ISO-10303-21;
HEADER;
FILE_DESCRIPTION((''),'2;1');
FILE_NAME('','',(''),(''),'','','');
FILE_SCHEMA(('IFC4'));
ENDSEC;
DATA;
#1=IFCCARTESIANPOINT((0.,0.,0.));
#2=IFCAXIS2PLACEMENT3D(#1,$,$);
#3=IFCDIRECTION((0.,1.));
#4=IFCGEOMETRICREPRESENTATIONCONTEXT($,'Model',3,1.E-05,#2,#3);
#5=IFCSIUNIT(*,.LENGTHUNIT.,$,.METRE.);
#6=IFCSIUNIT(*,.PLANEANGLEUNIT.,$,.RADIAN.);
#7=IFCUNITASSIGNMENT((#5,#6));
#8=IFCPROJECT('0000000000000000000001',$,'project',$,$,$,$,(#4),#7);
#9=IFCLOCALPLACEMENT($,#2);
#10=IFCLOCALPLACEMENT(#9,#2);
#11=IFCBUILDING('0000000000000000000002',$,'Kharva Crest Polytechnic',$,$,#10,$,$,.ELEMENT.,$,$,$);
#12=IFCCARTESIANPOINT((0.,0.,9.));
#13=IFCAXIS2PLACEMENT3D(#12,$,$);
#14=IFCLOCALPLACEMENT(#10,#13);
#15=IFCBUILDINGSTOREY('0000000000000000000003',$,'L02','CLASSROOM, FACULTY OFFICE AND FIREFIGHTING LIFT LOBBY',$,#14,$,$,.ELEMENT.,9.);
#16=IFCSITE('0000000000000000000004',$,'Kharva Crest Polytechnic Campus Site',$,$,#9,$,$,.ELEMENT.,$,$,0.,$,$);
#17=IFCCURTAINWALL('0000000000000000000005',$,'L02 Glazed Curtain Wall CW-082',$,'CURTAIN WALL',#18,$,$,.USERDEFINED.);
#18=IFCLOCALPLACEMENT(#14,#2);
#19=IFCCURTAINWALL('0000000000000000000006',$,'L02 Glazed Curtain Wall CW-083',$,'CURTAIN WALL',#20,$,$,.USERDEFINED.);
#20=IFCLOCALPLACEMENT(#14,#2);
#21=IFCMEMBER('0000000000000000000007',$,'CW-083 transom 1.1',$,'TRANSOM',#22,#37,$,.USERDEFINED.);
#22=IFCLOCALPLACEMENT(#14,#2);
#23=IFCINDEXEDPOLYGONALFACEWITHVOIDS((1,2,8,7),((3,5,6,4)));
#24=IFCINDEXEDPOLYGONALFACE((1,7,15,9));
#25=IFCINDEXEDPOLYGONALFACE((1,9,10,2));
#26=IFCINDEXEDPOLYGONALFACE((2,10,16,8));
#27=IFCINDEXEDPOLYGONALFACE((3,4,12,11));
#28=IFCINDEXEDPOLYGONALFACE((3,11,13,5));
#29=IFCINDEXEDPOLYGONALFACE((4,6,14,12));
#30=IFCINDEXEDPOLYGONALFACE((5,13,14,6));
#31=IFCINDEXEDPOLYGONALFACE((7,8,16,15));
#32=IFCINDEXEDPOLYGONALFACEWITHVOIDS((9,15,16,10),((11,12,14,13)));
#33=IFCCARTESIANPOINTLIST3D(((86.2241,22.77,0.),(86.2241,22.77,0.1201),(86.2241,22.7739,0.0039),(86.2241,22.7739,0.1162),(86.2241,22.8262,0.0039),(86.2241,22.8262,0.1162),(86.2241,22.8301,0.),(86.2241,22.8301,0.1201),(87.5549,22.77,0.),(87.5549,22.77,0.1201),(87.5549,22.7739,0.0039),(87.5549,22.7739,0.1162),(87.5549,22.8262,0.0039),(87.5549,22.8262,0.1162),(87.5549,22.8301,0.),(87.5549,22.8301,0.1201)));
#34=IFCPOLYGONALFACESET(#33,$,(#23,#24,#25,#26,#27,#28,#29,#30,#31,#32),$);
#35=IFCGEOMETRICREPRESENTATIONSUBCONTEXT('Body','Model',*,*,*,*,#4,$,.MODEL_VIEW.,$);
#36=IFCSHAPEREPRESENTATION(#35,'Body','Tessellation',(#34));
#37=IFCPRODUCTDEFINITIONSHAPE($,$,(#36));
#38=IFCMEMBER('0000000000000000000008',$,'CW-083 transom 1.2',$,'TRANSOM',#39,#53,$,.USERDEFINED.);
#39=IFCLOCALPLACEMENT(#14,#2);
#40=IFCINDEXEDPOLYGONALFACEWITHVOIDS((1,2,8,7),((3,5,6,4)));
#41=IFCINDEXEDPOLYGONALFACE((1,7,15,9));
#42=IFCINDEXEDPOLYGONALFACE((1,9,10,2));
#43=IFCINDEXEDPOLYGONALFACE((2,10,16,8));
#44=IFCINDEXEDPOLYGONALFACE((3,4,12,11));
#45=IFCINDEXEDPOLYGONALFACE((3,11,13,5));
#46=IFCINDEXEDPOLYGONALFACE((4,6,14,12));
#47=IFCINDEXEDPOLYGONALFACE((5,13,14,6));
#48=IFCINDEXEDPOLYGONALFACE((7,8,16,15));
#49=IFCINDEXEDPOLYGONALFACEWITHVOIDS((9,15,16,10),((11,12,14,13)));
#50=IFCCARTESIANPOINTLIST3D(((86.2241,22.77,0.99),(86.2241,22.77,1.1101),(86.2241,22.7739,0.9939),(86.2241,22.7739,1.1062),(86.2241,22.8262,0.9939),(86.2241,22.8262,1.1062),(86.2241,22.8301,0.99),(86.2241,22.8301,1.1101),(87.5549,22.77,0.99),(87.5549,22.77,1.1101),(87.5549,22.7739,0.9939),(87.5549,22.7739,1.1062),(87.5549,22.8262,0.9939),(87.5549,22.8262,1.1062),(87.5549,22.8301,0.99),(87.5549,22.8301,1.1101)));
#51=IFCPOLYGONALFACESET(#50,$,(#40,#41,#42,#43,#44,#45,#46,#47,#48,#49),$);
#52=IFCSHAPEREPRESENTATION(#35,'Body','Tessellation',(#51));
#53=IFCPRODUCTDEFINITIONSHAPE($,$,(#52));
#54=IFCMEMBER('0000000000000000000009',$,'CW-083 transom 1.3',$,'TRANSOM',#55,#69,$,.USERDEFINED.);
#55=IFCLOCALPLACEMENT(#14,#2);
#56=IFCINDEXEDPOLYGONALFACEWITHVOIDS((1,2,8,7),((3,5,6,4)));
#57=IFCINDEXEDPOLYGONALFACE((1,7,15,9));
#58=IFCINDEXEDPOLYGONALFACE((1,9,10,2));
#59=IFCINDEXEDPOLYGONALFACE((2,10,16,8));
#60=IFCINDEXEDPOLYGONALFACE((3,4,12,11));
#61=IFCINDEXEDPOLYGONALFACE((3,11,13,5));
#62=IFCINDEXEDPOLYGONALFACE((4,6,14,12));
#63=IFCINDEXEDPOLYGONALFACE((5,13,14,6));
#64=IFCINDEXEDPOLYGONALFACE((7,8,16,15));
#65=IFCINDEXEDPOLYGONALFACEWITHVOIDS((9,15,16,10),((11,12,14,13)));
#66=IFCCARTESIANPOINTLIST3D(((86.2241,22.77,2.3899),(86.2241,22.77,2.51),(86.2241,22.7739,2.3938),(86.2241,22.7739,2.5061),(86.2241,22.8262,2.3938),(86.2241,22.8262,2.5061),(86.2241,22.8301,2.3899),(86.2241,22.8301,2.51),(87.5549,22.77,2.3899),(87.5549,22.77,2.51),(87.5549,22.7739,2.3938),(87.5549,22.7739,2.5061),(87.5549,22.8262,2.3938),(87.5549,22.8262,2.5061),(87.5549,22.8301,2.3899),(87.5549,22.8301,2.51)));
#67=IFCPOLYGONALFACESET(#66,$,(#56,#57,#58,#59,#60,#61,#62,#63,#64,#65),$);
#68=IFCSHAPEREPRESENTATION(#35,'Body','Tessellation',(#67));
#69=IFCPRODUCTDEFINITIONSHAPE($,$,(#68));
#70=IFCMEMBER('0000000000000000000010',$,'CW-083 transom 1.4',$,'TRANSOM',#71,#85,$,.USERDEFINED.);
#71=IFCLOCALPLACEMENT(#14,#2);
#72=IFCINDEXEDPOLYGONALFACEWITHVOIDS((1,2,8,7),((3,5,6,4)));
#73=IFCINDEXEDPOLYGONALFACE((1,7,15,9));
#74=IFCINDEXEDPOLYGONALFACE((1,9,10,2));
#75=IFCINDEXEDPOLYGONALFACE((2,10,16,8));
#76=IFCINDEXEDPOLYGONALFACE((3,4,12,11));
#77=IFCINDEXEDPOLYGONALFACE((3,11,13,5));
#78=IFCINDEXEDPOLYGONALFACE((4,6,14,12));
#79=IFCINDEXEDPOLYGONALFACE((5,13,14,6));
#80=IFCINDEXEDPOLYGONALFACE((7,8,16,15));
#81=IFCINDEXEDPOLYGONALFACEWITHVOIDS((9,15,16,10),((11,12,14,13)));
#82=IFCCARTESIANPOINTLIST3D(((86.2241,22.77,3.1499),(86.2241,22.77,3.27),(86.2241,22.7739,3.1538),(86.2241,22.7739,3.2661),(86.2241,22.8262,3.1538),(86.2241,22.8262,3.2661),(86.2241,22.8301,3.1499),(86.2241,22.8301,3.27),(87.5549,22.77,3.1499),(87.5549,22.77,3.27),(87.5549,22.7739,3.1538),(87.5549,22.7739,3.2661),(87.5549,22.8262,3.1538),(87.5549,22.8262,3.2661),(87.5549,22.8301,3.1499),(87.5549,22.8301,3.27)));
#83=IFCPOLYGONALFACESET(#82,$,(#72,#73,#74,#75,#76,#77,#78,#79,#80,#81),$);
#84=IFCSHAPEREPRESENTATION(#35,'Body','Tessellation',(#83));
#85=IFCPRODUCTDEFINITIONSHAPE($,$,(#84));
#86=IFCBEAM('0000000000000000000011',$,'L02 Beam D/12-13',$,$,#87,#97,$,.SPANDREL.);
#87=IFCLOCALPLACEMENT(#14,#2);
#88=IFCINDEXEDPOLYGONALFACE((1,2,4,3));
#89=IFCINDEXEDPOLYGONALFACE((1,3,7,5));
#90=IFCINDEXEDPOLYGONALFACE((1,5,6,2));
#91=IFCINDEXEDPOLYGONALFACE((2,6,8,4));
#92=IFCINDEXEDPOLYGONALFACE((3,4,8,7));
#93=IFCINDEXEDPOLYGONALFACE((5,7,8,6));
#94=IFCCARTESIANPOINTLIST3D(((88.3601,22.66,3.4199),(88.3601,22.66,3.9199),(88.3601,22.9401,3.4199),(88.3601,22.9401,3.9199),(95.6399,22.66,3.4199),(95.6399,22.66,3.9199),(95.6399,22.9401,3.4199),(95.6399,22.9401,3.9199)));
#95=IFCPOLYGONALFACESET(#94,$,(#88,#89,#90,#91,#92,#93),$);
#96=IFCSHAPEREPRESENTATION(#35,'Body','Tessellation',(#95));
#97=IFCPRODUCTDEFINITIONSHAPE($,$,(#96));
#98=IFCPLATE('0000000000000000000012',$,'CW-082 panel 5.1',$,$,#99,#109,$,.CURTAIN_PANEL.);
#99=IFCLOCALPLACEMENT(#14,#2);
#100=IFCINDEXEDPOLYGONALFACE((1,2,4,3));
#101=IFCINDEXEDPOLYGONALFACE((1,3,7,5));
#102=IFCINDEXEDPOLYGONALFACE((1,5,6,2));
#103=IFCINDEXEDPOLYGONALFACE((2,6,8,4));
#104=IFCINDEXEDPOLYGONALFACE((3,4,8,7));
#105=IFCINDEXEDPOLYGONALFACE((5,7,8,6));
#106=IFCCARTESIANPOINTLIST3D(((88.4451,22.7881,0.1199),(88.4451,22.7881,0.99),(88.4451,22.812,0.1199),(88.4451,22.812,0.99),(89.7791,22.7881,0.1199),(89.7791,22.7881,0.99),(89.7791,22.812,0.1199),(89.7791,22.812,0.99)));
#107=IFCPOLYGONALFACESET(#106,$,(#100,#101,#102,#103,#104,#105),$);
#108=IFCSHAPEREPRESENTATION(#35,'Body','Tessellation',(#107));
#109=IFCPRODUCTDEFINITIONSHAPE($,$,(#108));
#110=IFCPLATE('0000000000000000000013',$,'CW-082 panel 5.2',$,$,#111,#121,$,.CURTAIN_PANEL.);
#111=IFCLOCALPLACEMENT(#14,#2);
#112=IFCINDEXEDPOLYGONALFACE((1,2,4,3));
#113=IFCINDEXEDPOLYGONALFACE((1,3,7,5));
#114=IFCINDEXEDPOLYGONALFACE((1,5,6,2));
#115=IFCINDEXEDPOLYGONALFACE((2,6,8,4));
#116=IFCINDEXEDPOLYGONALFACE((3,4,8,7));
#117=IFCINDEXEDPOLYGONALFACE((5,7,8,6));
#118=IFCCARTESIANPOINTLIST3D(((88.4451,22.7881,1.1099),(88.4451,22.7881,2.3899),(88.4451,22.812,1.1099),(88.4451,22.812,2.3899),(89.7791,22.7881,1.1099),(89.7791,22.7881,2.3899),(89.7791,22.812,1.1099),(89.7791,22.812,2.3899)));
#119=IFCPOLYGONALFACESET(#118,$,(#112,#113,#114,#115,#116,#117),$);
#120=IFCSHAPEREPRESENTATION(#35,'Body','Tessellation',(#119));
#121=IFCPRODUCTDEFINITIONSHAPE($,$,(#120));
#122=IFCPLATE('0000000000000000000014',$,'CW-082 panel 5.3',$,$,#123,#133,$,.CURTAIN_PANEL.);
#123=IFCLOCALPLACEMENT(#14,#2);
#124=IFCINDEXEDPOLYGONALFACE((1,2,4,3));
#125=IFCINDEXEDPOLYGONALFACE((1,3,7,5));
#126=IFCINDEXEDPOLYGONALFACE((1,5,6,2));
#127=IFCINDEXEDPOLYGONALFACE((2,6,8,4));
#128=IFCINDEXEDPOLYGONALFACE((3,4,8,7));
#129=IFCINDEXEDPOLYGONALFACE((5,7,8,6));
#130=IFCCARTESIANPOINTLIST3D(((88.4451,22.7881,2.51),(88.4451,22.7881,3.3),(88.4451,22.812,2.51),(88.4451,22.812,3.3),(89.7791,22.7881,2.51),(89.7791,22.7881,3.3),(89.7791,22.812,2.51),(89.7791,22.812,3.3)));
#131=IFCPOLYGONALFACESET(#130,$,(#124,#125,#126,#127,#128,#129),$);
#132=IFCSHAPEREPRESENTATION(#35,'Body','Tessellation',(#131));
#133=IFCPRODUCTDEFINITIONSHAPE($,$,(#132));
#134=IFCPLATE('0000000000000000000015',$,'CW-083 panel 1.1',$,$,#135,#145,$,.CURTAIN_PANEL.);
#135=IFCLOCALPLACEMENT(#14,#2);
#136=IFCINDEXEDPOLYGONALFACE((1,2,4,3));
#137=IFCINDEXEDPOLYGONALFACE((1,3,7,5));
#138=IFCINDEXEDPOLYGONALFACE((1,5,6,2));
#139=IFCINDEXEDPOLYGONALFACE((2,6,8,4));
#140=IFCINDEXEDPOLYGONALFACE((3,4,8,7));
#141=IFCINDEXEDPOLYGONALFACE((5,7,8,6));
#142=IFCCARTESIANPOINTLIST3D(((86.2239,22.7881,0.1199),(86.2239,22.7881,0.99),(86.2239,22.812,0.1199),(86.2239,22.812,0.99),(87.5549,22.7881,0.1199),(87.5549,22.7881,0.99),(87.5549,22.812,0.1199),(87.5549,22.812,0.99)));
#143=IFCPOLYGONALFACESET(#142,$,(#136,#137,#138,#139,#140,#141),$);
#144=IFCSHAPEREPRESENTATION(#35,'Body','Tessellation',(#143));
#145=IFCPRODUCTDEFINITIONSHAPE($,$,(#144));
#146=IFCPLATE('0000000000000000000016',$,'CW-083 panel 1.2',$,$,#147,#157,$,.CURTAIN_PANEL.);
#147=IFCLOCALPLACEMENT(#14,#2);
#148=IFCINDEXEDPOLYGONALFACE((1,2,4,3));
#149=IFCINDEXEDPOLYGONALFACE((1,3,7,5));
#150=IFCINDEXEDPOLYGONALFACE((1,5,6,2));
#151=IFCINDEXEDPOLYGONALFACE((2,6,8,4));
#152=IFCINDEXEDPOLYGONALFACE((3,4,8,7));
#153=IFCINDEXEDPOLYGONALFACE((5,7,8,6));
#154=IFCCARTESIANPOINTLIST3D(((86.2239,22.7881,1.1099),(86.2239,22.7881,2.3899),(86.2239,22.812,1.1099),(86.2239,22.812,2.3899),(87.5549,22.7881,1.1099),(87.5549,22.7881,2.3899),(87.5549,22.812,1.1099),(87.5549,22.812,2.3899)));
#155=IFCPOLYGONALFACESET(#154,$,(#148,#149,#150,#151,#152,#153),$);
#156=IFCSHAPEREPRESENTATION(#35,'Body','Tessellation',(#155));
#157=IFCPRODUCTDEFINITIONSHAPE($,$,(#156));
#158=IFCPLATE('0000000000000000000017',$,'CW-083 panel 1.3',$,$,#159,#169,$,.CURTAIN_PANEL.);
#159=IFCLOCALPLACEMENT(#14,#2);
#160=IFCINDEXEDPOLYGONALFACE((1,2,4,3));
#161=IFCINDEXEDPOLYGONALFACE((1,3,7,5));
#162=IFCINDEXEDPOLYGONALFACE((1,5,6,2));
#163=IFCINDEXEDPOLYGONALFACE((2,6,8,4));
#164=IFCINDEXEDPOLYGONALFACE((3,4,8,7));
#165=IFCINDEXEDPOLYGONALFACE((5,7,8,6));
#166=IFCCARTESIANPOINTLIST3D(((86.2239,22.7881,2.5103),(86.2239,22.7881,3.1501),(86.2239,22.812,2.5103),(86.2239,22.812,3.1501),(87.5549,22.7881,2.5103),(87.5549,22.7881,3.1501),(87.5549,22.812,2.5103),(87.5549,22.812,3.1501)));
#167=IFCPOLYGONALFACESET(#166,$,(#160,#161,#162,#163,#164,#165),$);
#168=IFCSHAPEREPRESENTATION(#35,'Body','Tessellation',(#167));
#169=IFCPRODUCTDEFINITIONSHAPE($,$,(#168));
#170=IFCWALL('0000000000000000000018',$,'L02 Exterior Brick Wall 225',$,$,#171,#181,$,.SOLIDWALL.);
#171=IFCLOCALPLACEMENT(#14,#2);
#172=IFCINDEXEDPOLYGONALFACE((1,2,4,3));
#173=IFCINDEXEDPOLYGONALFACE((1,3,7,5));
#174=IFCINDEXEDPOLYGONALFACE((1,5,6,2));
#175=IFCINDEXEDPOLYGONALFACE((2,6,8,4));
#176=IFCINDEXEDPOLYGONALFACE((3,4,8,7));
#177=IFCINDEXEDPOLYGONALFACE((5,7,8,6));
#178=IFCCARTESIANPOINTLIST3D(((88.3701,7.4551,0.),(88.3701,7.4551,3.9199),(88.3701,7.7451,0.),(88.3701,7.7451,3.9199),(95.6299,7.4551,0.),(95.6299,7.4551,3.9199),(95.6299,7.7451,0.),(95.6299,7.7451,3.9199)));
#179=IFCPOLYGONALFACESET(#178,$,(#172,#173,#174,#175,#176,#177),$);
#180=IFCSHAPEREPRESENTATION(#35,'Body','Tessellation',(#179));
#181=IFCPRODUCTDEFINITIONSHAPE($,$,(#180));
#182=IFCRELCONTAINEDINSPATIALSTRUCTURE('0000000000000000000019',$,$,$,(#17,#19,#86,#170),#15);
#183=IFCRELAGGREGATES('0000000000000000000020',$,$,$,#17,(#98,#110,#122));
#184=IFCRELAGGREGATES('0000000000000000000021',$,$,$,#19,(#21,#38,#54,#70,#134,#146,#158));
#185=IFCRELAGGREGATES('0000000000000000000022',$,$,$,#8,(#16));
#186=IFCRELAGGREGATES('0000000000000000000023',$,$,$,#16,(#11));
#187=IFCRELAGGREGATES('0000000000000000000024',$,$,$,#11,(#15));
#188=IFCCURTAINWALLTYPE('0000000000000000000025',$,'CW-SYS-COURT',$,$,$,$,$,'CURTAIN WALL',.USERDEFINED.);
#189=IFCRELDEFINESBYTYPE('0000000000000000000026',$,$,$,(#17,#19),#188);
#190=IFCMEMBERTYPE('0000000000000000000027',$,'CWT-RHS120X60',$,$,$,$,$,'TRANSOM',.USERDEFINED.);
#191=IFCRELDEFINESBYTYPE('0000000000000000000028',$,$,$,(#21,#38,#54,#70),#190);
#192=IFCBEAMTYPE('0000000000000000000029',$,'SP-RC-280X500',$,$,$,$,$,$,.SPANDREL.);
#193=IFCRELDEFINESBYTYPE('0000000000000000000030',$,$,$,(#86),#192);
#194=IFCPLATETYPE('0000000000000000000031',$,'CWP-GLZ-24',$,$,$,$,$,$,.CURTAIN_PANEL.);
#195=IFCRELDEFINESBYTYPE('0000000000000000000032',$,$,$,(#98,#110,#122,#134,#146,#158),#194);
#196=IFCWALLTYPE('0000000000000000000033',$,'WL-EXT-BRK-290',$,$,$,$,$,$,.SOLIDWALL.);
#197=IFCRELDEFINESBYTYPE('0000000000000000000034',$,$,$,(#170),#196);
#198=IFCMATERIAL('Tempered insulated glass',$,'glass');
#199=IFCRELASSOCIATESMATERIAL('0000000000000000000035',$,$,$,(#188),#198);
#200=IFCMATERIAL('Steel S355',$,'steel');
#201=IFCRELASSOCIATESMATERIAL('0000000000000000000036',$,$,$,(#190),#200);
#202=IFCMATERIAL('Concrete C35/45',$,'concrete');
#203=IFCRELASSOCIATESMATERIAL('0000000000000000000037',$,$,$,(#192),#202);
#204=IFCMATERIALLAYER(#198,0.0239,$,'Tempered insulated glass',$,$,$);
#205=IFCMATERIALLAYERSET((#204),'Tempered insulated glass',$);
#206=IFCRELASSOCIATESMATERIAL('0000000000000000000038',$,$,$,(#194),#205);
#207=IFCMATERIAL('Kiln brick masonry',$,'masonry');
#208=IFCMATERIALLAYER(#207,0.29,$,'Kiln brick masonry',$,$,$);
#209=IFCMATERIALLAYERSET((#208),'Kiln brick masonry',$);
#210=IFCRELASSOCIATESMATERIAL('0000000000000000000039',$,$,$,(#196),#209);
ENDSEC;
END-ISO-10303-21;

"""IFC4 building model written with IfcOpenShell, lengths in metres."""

from ifc_helpers import new_model, si_unit, direction, frame, frame_2d, origin, origin_2d, place, context, subcontext, project, spatial, rectangle, hollow_rectangle, extrude, material, layer, layer_set, material_profile, profile_set, type_object, element, aggregate, save


model = new_model("IFC4")

# Units and contexts
model_context = context("Model", 3, precision=1e-05, world=origin(), true_north=direction((0.0, 1.0)))
body_context = subcontext(model_context, "Body", "Model", "MODEL_VIEW")
ifc_project = project(units=[si_unit("LENGTHUNIT", "METRE"), si_unit("PLANEANGLEUNIT", "RADIAN")], contexts=[model_context])

# Site, building, storey
site_placement = place(None, origin())
site = spatial("IfcSite", under=ifc_project, at=site_placement, Name="Kharva Crest Polytechnic Campus Site", CompositionType="ELEMENT", RefElevation=0.0)
building_placement = place(site_placement, origin())
building = spatial("IfcBuilding", under=site, at=building_placement, Name="Kharva Crest Polytechnic", CompositionType="ELEMENT")
storey_placement = place(building_placement, frame((0.0, 0.0, 9.0)))
storey = spatial("IfcBuildingStorey", under=building, at=storey_placement, Name="L02", Description="CLASSROOM, FACULTY OFFICE AND FIREFIGHTING LIFT LOBBY", CompositionType="ELEMENT", Elevation=9.0)

# Shared definitions
ifc_material_1 = material(Name="Steel S355", Category="steel")

# Shared definitions
ifc_material_2 = material(Name="Concrete C35/45", Category="concrete")

# Curtain walls
ifc_material_3 = material(Name="Tempered insulated glass", Category="glass")
curtain_wall_type = type_object("IfcCurtainWallType", Name="CW-SYS-COURT", ElementType="CURTAIN WALL", PredefinedType="USERDEFINED", material=ifc_material_3)
curtain_wall_1_placement = place(storey_placement, origin())
curtain_wall_1 = element("IfcCurtainWall", 1, at=curtain_wall_1_placement, inside=storey, type_object=curtain_wall_type, Name="L02 Glazed Curtain Wall CW-082", ObjectType="CURTAIN WALL", PredefinedType="USERDEFINED")
curtain_wall_2_placement = place(storey_placement, origin())
curtain_wall_2 = element("IfcCurtainWall", 2, at=curtain_wall_2_placement, inside=storey, type_object=curtain_wall_type, Name="L02 Glazed Curtain Wall CW-083", ObjectType="CURTAIN WALL", PredefinedType="USERDEFINED")

# Members
ifc_material_profile_1 = material_profile(ifc_material_1, hollow_rectangle(XDim=0.0601, YDim=0.1201, WallThickness=0.0039, at=origin_2d()), Name="RHS 120X60X4.0")
ifc_profile_set_1 = profile_set([ifc_material_profile_1], Name="Steel S355")
member_type_1 = type_object("IfcMemberType", Name="CWT-RHS120X60", ElementType="TRANSOM", PredefinedType="USERDEFINED", material=ifc_profile_set_1)
member_1_placement = place(storey_placement, frame((87.5549, 22.8, 0.0601), z_axis=(-1.0, 0.0, 0.0), x_axis=(0.0, -1.0, 0.0)))
member_1 = element("IfcMember", 3, at=member_1_placement, type_object=member_type_1, Name="CW-083 transom 1.1", ObjectType="TRANSOM", PredefinedType="USERDEFINED", context=body_context, shape_type="SweptSolid", body=[
    extrude(hollow_rectangle(XDim=0.0601, YDim=0.1201, WallThickness=0.0039, at=origin_2d()), origin(), (0.0, 0.0, 1.0), 1.3308),
])
member_2_placement = place(storey_placement, frame((87.5549, 22.8, 1.05), z_axis=(-1.0, 0.0, 0.0), x_axis=(0.0, -1.0, 0.0)))
member_2 = element("IfcMember", 4, at=member_2_placement, type_object=member_type_1, Name="CW-083 transom 1.2", ObjectType="TRANSOM", PredefinedType="USERDEFINED", context=body_context, shape_type="SweptSolid", body=[
    extrude(hollow_rectangle(XDim=0.0601, YDim=0.1201, WallThickness=0.0039, at=origin_2d()), origin(), (0.0, 0.0, 1.0), 1.3308),
])
member_3_placement = place(storey_placement, frame((87.5549, 22.8, 2.45), z_axis=(-1.0, 0.0, 0.0), x_axis=(0.0, -1.0, 0.0)))
member_3 = element("IfcMember", 5, at=member_3_placement, type_object=member_type_1, Name="CW-083 transom 1.3", ObjectType="TRANSOM", PredefinedType="USERDEFINED", context=body_context, shape_type="SweptSolid", body=[
    extrude(hollow_rectangle(XDim=0.0601, YDim=0.1201, WallThickness=0.0039, at=origin_2d()), origin(), (0.0, 0.0, 1.0), 1.3308),
])
member_4_placement = place(storey_placement, frame((87.5549, 22.8, 3.21), z_axis=(-1.0, 0.0, 0.0), x_axis=(0.0, -1.0, 0.0)))
member_4 = element("IfcMember", 6, at=member_4_placement, type_object=member_type_1, Name="CW-083 transom 1.4", ObjectType="TRANSOM", PredefinedType="USERDEFINED", context=body_context, shape_type="SweptSolid", body=[
    extrude(hollow_rectangle(XDim=0.0601, YDim=0.1201, WallThickness=0.0039, at=origin_2d()), origin(), (0.0, 0.0, 1.0), 1.3308),
])

# Beam
ifc_material_profile_2 = material_profile(ifc_material_2, rectangle(XDim=0.28, YDim=0.5, at=origin_2d()), Name="RECT 280 X 500")
ifc_profile_set_2 = profile_set([ifc_material_profile_2], Name="Concrete C35/45")
beam_type_1 = type_object("IfcBeamType", Name="SP-RC-280X500", PredefinedType="SPANDREL", material=ifc_profile_set_2)
beam_1_placement = place(storey_placement, frame((88.3601, 22.8, 3.6699), z_axis=(1.0, 0.0, 0.0), x_axis=(0.0, 1.0, 0.0)))
element("IfcBeam", 7, at=beam_1_placement, inside=storey, type_object=beam_type_1, Name="L02 Beam D/12-13", PredefinedType="SPANDREL", context=body_context, shape_type="SweptSolid", body=[
    extrude(rectangle(XDim=0.28, YDim=0.5, at=origin_2d()), origin(), (0.0, 0.0, 1.0), 7.2798),
])

# Plates
ifc_layer_1 = layer(ifc_material_3, 0.0239, Name="Tempered insulated glass")
ifc_layer_set_1 = layer_set([ifc_layer_1], Name="Tempered insulated glass")
plate_type = type_object("IfcPlateType", Name="CWP-GLZ-24", PredefinedType="CURTAIN_PANEL", material=ifc_layer_set_1)
plate_1_placement = place(storey_placement, frame((89.1121, 22.8, 0.1199), z_axis=(0.0, 0.0, 1.0), x_axis=(-1.0, 0.0, 0.0)))
plate_1 = element("IfcPlate", 8, at=plate_1_placement, type_object=plate_type, Name="CW-082 panel 5.1", PredefinedType="CURTAIN_PANEL", context=body_context, shape_type="SweptSolid", body=[
    extrude(rectangle(XDim=1.334, YDim=0.0239, at=origin_2d()), origin(), (0.0, 0.0, 1.0), 0.8701),
])
plate_2_placement = place(storey_placement, frame((89.1121, 22.8, 1.1099), z_axis=(0.0, 0.0, 1.0), x_axis=(-1.0, 0.0, 0.0)))
plate_2 = element("IfcPlate", 9, at=plate_2_placement, type_object=plate_type, Name="CW-082 panel 5.2", PredefinedType="CURTAIN_PANEL", context=body_context, shape_type="SweptSolid", body=[
    extrude(rectangle(XDim=1.334, YDim=0.0239, at=origin_2d()), origin(), (0.0, 0.0, 1.0), 1.28),
])
plate_3_placement = place(storey_placement, frame((89.1121, 22.8, 2.51), z_axis=(0.0, 0.0, 1.0), x_axis=(-1.0, 0.0, 0.0)))
plate_3 = element("IfcPlate", 10, at=plate_3_placement, type_object=plate_type, Name="CW-082 panel 5.3", PredefinedType="CURTAIN_PANEL", context=body_context, shape_type="SweptSolid", body=[
    extrude(rectangle(XDim=1.334, YDim=0.0239, at=origin_2d()), origin(), (0.0, 0.0, 1.0), 0.79),
])
aggregate(curtain_wall_1, [plate_1, plate_2, plate_3])
plate_4_placement = place(storey_placement, frame((86.8894, 22.8, 0.1199), z_axis=(0.0, 0.0, 1.0), x_axis=(-1.0, 0.0, 0.0)))
plate_4 = element("IfcPlate", 11, at=plate_4_placement, type_object=plate_type, Name="CW-083 panel 1.1", PredefinedType="CURTAIN_PANEL", context=body_context, shape_type="SweptSolid", body=[
    extrude(rectangle(XDim=1.3311, YDim=0.0239, at=origin_2d()), origin(), (0.0, 0.0, 1.0), 0.8701),
])
plate_5_placement = place(storey_placement, frame((86.8894, 22.8, 1.1099), z_axis=(0.0, 0.0, 1.0), x_axis=(-1.0, 0.0, 0.0)))
plate_5 = element("IfcPlate", 12, at=plate_5_placement, type_object=plate_type, Name="CW-083 panel 1.2", PredefinedType="CURTAIN_PANEL", context=body_context, shape_type="SweptSolid", body=[
    extrude(rectangle(XDim=1.3311, YDim=0.0239, at=origin_2d()), origin(), (0.0, 0.0, 1.0), 1.28),
])
plate_6_placement = place(storey_placement, frame((86.8894, 22.8, 2.5103), z_axis=(0.0, 0.0, 1.0), x_axis=(-1.0, 0.0, 0.0)))
plate_6 = element("IfcPlate", 13, at=plate_6_placement, type_object=plate_type, Name="CW-083 panel 1.3", PredefinedType="CURTAIN_PANEL", context=body_context, shape_type="SweptSolid", body=[
    extrude(rectangle(XDim=1.3311, YDim=0.0239, at=origin_2d()), origin(), (0.0, 0.0, 1.0), 0.6399),
])
aggregate(curtain_wall_2, [member_1, member_2, member_3, member_4, plate_4, plate_5, plate_6])

# Wall
ifc_material_4 = material(Name="Kiln brick masonry", Category="masonry")
ifc_layer_2 = layer(ifc_material_4, 0.29, Name="Kiln brick masonry")
ifc_layer_set_2 = layer_set([ifc_layer_2], Name="Kiln brick masonry")
wall_type_1 = type_object("IfcWallType", Name="WL-EXT-BRK-290", PredefinedType="SOLIDWALL", material=ifc_layer_set_2)
wall_1_placement = place(storey_placement, frame((88.3701, 7.6001, 0.0), z_axis=(0.0, 0.0, 1.0), x_axis=(1.0, 0.0, 0.0)))
element("IfcWall", 14, at=wall_1_placement, inside=storey, type_object=wall_type_1, Name="L02 Exterior Brick Wall 225", PredefinedType="SOLIDWALL", context=body_context, shape_type="SweptSolid", body=[
    extrude(rectangle(XDim=7.2598, YDim=0.29, at=frame_2d((3.6299, 0.0))), origin(), (0.0, 0.0, 1.0), 3.9199),
])

save(model, "model.ifc")
